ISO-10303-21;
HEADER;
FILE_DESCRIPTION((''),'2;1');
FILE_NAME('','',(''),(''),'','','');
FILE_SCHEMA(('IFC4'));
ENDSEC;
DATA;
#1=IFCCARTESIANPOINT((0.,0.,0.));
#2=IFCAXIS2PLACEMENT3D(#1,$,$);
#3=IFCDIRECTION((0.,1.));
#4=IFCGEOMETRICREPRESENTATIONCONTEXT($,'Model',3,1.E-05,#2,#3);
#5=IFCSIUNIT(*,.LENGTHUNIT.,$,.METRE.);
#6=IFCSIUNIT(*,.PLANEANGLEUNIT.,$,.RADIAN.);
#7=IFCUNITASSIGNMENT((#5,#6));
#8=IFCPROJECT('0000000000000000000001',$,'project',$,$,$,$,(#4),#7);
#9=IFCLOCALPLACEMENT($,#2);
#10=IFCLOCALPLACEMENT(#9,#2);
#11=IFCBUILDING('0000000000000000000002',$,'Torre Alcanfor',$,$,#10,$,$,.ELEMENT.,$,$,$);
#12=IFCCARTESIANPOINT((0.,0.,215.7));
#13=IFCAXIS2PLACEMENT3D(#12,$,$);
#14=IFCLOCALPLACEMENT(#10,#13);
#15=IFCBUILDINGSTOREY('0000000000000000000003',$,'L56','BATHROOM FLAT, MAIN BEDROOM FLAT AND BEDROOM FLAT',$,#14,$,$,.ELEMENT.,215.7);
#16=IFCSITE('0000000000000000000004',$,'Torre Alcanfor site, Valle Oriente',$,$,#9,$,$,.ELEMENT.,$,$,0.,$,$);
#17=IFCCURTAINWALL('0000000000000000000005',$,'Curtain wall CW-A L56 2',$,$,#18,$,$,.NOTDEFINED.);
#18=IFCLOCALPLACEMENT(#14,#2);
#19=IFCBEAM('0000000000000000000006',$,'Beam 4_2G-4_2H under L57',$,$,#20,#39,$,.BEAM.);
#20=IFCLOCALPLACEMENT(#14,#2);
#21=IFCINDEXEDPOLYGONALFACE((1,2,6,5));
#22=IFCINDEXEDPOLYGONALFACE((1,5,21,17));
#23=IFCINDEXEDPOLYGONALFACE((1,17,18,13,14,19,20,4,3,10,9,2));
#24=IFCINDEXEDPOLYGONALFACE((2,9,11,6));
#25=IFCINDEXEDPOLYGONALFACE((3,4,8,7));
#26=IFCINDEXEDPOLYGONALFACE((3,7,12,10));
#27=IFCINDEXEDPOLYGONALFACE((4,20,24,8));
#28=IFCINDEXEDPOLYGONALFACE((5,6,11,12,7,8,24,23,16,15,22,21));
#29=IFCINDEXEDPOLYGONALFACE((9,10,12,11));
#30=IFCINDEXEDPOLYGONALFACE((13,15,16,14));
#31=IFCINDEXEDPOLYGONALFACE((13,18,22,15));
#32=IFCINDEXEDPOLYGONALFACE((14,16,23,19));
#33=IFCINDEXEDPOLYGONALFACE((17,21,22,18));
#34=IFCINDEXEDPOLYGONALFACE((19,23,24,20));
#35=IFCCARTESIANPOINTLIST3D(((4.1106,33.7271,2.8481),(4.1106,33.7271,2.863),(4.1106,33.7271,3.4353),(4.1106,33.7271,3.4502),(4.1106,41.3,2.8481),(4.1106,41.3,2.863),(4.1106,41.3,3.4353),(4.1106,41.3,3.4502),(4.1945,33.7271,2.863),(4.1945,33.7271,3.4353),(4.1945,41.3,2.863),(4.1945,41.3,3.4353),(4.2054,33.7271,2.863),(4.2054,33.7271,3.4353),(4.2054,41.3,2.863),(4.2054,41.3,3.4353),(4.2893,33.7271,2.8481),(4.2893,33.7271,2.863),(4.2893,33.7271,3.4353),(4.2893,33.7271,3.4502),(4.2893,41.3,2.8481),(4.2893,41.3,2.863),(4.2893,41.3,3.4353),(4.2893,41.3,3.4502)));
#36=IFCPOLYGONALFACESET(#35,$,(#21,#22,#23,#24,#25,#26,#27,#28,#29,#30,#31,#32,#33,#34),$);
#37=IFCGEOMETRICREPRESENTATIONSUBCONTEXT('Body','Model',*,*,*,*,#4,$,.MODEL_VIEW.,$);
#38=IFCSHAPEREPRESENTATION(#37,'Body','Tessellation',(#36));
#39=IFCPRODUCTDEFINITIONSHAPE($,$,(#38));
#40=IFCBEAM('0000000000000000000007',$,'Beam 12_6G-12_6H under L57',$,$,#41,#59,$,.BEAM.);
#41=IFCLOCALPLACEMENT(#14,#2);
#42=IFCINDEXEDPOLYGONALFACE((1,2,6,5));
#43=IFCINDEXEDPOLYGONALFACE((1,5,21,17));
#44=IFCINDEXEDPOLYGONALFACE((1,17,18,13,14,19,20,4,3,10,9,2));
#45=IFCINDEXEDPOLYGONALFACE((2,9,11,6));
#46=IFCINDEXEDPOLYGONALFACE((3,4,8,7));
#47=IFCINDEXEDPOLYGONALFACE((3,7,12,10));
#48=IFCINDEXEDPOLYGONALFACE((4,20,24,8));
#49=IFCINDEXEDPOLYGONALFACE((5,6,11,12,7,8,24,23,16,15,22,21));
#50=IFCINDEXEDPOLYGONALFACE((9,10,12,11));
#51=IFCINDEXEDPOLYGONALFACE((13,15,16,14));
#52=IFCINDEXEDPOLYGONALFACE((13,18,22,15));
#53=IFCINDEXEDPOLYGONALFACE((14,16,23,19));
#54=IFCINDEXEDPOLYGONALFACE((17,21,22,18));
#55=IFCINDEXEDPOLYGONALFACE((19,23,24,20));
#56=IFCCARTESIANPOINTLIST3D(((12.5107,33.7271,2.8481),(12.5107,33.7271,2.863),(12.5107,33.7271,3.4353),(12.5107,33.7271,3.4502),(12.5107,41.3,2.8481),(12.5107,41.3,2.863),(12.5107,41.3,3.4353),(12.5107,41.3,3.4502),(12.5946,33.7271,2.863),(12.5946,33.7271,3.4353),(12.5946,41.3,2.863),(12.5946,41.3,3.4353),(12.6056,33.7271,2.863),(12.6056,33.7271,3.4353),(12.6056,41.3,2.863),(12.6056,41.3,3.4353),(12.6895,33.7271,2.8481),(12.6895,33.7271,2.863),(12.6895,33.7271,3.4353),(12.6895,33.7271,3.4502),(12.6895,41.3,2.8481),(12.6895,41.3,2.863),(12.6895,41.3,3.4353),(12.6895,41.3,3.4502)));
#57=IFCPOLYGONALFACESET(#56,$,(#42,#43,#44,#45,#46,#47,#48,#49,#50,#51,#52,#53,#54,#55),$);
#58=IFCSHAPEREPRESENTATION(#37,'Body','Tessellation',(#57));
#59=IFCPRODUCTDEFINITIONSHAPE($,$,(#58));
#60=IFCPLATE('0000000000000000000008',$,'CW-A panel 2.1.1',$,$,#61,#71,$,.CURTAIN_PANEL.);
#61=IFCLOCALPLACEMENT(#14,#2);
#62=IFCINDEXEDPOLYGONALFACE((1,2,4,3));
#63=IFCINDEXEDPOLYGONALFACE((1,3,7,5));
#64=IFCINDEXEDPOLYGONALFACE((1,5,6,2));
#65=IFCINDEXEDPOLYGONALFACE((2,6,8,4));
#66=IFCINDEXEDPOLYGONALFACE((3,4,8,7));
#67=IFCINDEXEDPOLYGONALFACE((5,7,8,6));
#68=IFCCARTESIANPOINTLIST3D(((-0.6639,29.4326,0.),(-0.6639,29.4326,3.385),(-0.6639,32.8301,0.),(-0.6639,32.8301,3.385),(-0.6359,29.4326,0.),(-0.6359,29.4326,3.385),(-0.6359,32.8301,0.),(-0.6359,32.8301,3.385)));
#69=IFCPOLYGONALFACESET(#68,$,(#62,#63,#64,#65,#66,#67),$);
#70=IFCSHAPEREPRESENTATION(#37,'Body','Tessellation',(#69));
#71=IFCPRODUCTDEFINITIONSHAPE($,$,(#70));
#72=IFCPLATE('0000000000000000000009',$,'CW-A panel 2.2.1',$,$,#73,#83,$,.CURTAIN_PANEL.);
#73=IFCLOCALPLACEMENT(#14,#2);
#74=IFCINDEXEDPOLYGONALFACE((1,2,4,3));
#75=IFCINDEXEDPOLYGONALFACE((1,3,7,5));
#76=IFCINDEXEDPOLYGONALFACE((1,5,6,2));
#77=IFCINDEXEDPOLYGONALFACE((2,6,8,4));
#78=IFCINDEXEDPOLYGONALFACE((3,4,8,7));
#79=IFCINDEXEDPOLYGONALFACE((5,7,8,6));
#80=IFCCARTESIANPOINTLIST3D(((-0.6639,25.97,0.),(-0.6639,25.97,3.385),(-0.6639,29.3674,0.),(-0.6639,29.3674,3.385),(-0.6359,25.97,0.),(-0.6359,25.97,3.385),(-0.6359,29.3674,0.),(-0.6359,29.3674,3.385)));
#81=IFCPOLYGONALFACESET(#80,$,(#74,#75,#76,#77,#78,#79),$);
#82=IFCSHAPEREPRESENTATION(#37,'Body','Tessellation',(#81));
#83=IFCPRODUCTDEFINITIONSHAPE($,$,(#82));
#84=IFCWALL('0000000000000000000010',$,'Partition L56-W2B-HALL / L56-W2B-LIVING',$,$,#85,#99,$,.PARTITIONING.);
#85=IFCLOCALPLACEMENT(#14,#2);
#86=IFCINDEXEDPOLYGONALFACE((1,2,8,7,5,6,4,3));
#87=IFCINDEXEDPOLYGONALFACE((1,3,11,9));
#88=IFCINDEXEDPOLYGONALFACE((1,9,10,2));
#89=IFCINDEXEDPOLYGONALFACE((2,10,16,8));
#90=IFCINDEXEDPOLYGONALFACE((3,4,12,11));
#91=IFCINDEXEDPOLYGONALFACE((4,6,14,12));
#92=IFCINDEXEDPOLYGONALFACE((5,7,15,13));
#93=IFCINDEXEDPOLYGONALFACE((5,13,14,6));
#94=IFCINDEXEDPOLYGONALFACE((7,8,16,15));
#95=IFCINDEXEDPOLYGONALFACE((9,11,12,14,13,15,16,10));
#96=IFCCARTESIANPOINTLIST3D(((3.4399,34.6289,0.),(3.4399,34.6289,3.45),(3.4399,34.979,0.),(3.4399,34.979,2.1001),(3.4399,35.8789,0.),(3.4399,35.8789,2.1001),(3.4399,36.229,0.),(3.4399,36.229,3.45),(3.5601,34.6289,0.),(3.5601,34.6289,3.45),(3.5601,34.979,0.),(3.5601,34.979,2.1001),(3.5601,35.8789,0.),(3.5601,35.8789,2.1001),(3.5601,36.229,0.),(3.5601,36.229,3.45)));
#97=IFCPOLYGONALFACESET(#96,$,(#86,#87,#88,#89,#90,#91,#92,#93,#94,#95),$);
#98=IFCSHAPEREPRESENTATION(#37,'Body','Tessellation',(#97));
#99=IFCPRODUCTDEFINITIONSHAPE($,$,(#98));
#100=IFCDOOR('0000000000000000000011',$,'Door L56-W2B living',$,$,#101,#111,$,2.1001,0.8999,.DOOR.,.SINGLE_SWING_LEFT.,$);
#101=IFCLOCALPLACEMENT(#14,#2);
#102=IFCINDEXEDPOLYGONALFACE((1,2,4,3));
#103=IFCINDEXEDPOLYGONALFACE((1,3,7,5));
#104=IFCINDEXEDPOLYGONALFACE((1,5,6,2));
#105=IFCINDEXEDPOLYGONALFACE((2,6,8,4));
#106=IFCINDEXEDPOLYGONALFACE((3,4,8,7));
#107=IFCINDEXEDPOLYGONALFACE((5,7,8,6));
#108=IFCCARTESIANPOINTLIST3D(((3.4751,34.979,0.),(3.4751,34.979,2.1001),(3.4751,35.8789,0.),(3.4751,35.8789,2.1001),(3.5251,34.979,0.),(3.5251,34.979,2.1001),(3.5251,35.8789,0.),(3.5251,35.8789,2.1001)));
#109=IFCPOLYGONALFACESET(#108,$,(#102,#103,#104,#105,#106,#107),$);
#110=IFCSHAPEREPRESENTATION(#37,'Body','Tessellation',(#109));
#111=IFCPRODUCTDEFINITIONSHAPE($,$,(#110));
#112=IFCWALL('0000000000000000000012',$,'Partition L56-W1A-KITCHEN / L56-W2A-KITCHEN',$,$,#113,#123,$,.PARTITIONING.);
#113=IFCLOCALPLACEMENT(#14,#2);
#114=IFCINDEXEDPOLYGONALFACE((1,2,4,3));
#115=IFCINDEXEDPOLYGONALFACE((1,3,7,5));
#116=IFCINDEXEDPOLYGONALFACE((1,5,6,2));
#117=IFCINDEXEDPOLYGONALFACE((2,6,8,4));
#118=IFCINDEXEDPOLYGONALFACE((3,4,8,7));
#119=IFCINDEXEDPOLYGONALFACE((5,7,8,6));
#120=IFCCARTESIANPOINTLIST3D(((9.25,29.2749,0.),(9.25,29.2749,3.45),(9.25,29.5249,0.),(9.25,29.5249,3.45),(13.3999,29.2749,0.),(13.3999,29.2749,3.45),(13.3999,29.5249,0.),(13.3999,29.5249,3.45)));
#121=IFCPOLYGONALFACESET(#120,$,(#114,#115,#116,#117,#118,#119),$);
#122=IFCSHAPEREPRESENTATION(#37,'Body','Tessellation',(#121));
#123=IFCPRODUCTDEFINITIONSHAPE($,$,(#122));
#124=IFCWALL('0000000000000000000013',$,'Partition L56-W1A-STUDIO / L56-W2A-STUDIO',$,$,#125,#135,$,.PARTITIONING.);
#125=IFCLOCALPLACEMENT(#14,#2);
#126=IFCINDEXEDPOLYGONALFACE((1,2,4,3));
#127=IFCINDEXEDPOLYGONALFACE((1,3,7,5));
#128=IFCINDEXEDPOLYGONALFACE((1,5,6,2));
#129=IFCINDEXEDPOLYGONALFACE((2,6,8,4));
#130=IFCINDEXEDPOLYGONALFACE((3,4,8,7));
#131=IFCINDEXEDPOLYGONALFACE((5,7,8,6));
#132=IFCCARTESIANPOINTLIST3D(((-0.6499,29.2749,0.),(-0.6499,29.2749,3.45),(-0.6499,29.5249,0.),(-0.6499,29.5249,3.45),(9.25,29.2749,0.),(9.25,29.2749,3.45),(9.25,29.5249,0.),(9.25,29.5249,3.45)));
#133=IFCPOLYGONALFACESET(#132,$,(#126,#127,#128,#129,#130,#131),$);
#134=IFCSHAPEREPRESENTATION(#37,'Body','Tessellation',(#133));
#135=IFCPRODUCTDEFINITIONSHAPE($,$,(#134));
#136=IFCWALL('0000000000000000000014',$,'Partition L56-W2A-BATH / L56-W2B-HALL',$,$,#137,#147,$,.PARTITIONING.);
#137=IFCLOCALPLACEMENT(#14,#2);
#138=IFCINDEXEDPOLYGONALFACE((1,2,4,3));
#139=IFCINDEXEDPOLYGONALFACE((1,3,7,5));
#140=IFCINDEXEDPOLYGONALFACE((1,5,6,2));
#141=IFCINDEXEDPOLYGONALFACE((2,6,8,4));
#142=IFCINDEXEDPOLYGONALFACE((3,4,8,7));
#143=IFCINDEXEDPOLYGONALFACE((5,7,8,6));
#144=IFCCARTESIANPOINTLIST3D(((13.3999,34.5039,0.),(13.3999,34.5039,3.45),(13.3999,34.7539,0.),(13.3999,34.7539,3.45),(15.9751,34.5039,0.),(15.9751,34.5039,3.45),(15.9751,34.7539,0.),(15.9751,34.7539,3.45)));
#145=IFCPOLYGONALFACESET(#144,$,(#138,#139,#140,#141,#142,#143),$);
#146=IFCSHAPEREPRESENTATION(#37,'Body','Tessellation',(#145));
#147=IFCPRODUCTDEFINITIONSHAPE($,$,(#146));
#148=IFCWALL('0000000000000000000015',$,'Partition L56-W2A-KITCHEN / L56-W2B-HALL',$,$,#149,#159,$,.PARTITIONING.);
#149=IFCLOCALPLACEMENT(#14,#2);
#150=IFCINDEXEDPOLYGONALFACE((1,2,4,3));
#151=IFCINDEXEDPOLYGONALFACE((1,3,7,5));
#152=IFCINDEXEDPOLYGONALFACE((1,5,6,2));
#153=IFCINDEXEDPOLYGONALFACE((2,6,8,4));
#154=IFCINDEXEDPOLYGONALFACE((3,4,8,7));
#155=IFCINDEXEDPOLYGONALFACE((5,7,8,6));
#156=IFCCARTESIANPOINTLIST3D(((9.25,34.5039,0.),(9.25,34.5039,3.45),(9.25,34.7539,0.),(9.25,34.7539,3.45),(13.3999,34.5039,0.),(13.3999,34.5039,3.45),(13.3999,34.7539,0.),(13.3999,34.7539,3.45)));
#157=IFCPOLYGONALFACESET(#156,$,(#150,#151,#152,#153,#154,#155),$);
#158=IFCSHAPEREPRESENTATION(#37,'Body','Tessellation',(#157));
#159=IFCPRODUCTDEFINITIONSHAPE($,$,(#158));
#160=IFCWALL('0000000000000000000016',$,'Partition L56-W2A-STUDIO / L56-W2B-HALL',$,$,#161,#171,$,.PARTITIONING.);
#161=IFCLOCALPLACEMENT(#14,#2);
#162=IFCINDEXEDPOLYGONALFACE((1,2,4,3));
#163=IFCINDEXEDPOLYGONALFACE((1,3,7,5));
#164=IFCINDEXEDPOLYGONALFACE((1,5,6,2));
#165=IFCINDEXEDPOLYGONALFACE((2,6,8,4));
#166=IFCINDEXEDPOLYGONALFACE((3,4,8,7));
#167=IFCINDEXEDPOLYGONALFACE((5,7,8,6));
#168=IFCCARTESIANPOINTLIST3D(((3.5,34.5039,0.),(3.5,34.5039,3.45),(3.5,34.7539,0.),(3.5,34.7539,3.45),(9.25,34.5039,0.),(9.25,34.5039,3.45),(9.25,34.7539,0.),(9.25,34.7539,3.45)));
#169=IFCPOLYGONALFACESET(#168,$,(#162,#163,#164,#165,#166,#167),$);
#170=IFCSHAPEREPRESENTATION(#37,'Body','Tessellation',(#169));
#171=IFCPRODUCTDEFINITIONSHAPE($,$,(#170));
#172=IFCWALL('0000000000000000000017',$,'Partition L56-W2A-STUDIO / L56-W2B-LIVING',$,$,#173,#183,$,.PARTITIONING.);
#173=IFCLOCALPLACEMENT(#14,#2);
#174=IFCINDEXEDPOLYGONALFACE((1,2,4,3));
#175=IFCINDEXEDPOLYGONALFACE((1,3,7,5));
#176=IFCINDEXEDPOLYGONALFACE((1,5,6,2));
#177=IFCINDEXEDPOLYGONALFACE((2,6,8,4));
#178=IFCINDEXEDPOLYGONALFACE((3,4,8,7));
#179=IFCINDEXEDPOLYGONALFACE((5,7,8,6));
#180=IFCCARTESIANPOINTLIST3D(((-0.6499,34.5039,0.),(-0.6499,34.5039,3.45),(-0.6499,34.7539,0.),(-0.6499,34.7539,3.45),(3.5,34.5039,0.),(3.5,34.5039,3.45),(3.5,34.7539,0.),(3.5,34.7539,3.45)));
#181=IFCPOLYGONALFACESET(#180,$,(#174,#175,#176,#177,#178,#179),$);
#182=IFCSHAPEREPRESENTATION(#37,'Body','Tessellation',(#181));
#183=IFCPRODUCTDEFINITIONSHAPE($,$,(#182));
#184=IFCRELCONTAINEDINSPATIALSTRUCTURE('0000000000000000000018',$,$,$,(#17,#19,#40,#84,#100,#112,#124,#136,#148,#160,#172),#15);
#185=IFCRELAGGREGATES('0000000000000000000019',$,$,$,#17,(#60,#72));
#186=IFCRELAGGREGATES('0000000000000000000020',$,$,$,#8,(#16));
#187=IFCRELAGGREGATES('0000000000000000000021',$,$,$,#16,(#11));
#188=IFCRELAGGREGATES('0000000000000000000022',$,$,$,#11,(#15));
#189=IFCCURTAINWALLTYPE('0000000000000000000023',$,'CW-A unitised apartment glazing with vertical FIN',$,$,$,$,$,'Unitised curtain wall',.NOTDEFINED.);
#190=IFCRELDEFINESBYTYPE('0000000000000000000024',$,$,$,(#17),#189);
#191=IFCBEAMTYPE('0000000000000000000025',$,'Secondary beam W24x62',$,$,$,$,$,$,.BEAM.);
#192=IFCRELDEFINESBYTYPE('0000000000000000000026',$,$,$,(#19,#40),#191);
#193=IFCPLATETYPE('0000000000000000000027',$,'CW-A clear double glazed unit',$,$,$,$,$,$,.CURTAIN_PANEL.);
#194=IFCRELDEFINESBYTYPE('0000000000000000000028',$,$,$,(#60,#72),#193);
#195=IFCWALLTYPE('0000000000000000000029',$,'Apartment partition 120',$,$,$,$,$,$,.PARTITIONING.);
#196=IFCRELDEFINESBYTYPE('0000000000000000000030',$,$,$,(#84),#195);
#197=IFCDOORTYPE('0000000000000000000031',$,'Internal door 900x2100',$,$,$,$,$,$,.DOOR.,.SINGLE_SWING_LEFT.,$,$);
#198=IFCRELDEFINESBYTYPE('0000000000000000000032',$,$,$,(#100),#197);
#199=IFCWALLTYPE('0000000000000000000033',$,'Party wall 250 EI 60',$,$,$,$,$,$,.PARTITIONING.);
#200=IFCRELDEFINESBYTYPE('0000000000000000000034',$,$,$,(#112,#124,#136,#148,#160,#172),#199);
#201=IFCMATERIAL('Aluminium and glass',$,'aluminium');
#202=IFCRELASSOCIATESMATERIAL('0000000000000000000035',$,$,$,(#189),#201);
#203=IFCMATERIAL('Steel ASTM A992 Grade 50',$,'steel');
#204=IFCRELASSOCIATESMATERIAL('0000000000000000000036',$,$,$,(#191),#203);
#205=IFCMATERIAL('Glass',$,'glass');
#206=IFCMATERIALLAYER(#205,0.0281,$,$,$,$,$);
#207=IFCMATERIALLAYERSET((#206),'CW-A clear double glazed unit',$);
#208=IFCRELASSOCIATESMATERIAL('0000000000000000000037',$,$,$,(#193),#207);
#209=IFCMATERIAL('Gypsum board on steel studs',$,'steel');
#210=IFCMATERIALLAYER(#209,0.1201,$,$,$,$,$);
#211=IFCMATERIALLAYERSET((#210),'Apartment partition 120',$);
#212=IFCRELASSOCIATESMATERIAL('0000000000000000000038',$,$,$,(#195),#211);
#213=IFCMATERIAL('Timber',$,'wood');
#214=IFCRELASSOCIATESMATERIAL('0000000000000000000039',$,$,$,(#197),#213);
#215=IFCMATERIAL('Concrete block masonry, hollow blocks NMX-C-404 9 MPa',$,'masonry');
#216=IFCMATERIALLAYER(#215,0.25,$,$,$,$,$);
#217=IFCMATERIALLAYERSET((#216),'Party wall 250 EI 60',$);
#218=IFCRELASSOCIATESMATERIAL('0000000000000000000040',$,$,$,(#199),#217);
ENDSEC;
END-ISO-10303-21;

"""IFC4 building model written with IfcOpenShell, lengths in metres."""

from ifc_helpers import new_model, si_unit, direction, frame, frame_2d, origin, origin_2d, place, context, subcontext, project, spatial, rectangle, i_section, extrude, material, layer, layer_set, material_profile, profile_set, type_object, element, fill, aggregate, save


model = new_model("IFC4")

# Units and contexts
model_context = context("Model", 3, precision=1e-05, world=origin(), true_north=direction((0.0, 1.0)))
body_context = subcontext(model_context, "Body", "Model", "MODEL_VIEW")
ifc_project = project(units=[si_unit("LENGTHUNIT", "METRE"), si_unit("PLANEANGLEUNIT", "RADIAN")], contexts=[model_context])

# Site, building, storey
site_placement = place(None, origin())
site = spatial("IfcSite", under=ifc_project, at=site_placement, Name="Torre Alcanfor site, Valle Oriente", CompositionType="ELEMENT", RefElevation=0.0)
building_placement = place(site_placement, origin())
building = spatial("IfcBuilding", under=site, at=building_placement, Name="Torre Alcanfor", CompositionType="ELEMENT")
storey_placement = place(building_placement, frame((0.0, 0.0, 215.7)))
storey = spatial("IfcBuildingStorey", under=building, at=storey_placement, Name="L56", Description="BATHROOM FLAT, MAIN BEDROOM FLAT AND BEDROOM FLAT", CompositionType="ELEMENT", Elevation=215.7)

# Curtain wall
ifc_material_1 = material(Name="Aluminium and glass", Category="aluminium")
curtain_wall_type = type_object("IfcCurtainWallType", Name="CW-A unitised apartment glazing with vertical FIN", ElementType="Unitised curtain wall", PredefinedType="NOTDEFINED", material=ifc_material_1)
curtain_wall_placement = place(storey_placement, origin())
curtain_wall = element("IfcCurtainWall", 1, at=curtain_wall_placement, inside=storey, type_object=curtain_wall_type, Name="Curtain wall CW-A L56 2", PredefinedType="NOTDEFINED")

# Beams
ifc_material_2 = material(Name="Steel ASTM A992 Grade 50", Category="steel")
ifc_material_profile_1 = material_profile(ifc_material_2, i_section(OverallWidth=0.1787, OverallDepth=0.6021, WebThickness=0.011, FlangeThickness=0.0149, at=origin_2d()), Name="W24x62")
ifc_profile_set_1 = profile_set([ifc_material_profile_1], Name="Steel ASTM A992 Grade 50")
beam_type_1 = type_object("IfcBeamType", Name="Secondary beam W24x62", PredefinedType="BEAM", material=ifc_profile_set_1)
for number, where, z_axis, x_axis, name in (
    (2, (4.2, 33.7271, 3.1492), (0.0, 1.0, 0.0), (-1.0, 0.0, 0.0), "Beam 4_2G-4_2H under L57"),
    (3, (12.6001, 33.7271, 3.1492), (0.0, 1.0, 0.0), (-1.0, 0.0, 0.0), "Beam 12_6G-12_6H under L57"),
):
    element("IfcBeam", number, at=place(storey_placement, frame(where, z_axis=z_axis, x_axis=x_axis)), inside=storey, type_object=beam_type_1, Name=name, PredefinedType="BEAM", context=body_context, shape_type="SweptSolid", body=[
        extrude(i_section(OverallWidth=0.1787, OverallDepth=0.6021, WebThickness=0.011, FlangeThickness=0.0149, at=origin_2d()), origin(), (0.0, 0.0, 1.0), 7.573),
    ])

# Plates
ifc_material_3 = material(Name="Glass", Category="glass")
ifc_layer_1 = layer(ifc_material_3, 0.0281)
ifc_layer_set_1 = layer_set([ifc_layer_1], Name="CW-A clear double glazed unit")
plate_type = type_object("IfcPlateType", Name="CW-A clear double glazed unit", PredefinedType="CURTAIN_PANEL", material=ifc_layer_set_1)
plate_1_placement = place(storey_placement, frame((-0.6499, 31.1313, 0.0), z_axis=(0.0, 0.0, 1.0), x_axis=(0.0, -1.0, 0.0)))
plate_1 = element("IfcPlate", 4, at=plate_1_placement, type_object=plate_type, Name="CW-A panel 2.1.1", PredefinedType="CURTAIN_PANEL", context=body_context, shape_type="SweptSolid", body=[
    extrude(rectangle(XDim=3.3975, YDim=0.0281, at=origin_2d()), origin(), (0.0, 0.0, 1.0), 3.385),
])
plate_2_placement = place(storey_placement, frame((-0.6499, 27.6687, 0.0), z_axis=(0.0, 0.0, 1.0), x_axis=(0.0, -1.0, 0.0)))
plate_2 = element("IfcPlate", 5, at=plate_2_placement, type_object=plate_type, Name="CW-A panel 2.2.1", PredefinedType="CURTAIN_PANEL", context=body_context, shape_type="SweptSolid", body=[
    extrude(rectangle(XDim=3.3975, YDim=0.0281, at=origin_2d()), origin(), (0.0, 0.0, 1.0), 3.385),
])
aggregate(curtain_wall, [plate_1, plate_2])

# Wall, opening, door
ifc_material_4 = material(Name="Gypsum board on steel studs", Category="steel")
ifc_layer_2 = layer(ifc_material_4, 0.1201)
ifc_layer_set_2 = layer_set([ifc_layer_2], Name="Apartment partition 120")
wall_type_1 = type_object("IfcWallType", Name="Apartment partition 120", PredefinedType="PARTITIONING", material=ifc_layer_set_2)
wall_1_placement = place(storey_placement, frame((3.5, 34.6289, 0.0), z_axis=(0.0, 0.0, 1.0), x_axis=(0.0, 1.0, 0.0)))
wall_1 = element("IfcWall", 6, at=wall_1_placement, inside=storey, type_object=wall_type_1, Name="Partition L56-W2B-HALL / L56-W2B-LIVING", PredefinedType="PARTITIONING", context=body_context, shape_type="SweptSolid", body=[
    extrude(rectangle(XDim=1.6001, YDim=0.1201, at=frame_2d((0.8, 0.0))), origin(), (0.0, 0.0, 1.0), 3.45),
])
opening_1_placement = place(wall_1_placement, frame((0.3501, 0.0, 0.0)))
opening_1 = element("IfcOpeningElement", 7, at=opening_1_placement, cuts=wall_1, PredefinedType="OPENING", context=body_context, shape_type="SweptSolid", body=[
    extrude(rectangle(XDim=0.8999, YDim=2.1001, at=frame_2d((0.45, 1.05))), frame((0.0, 0.0701, 0.0), z_axis=(0.0, -1.0, 0.0), x_axis=(1.0, 0.0, 0.0)), (0.0, 0.0, 1.0), 0.1401),
])
ifc_material_5 = material(Name="Timber", Category="wood")
door_type_1 = type_object("IfcDoorType", Name="Internal door 900x2100", OperationType="SINGLE_SWING_LEFT", PredefinedType="DOOR", material=ifc_material_5)
door_1_placement = place(opening_1_placement, origin())
door_1 = element("IfcDoor", 8, at=door_1_placement, inside=storey, type_object=door_type_1, Name="Door L56-W2B living", OperationType="SINGLE_SWING_LEFT", OverallHeight=2.1001, OverallWidth=0.8999, PredefinedType="DOOR", context=body_context, shape_type="SweptSolid", body=[
    extrude(rectangle(XDim=0.8999, YDim=2.1001, at=frame_2d((0.45, 1.05))), frame((0.0, 0.0249, 0.0), z_axis=(0.0, -1.0, 0.0), x_axis=(1.0, 0.0, 0.0)), (0.0, 0.0, 1.0), 0.05),
])
fill(opening_1, door_1)

# Walls
ifc_material_6 = material(Name="Concrete block masonry, hollow blocks NMX-C-404 9 MPa", Category="masonry")
ifc_layer_3 = layer(ifc_material_6, 0.25)
ifc_layer_set_3 = layer_set([ifc_layer_3], Name="Party wall 250 EI 60")
wall_type_2 = type_object("IfcWallType", Name="Party wall 250 EI 60", PredefinedType="PARTITIONING", material=ifc_layer_set_3)
wall_2_placement = place(storey_placement, frame((13.3999, 29.3999, 0.0), z_axis=(0.0, 0.0, 1.0), x_axis=(-1.0, 0.0, 0.0)))
element("IfcWall", 9, at=wall_2_placement, inside=storey, type_object=wall_type_2, Name="Partition L56-W1A-KITCHEN / L56-W2A-KITCHEN", PredefinedType="PARTITIONING", context=body_context, shape_type="SweptSolid", body=[
    extrude(rectangle(XDim=4.1499, YDim=0.25, at=frame_2d((2.075, 0.0))), origin(), (0.0, 0.0, 1.0), 3.45),
])
wall_3_placement = place(storey_placement, frame((9.25, 29.3999, 0.0), z_axis=(0.0, 0.0, 1.0), x_axis=(-1.0, 0.0, 0.0)))
element("IfcWall", 10, at=wall_3_placement, inside=storey, type_object=wall_type_2, Name="Partition L56-W1A-STUDIO / L56-W2A-STUDIO", PredefinedType="PARTITIONING", context=body_context, shape_type="SweptSolid", body=[
    extrude(rectangle(XDim=9.8999, YDim=0.25, at=frame_2d((4.95, 0.0))), origin(), (0.0, 0.0, 1.0), 3.45),
])
wall_4_placement = place(storey_placement, frame((13.3999, 34.6289, 0.0), z_axis=(0.0, 0.0, 1.0), x_axis=(1.0, 0.0, 0.0)))
element("IfcWall", 11, at=wall_4_placement, inside=storey, type_object=wall_type_2, Name="Partition L56-W2A-BATH / L56-W2B-HALL", PredefinedType="PARTITIONING", context=body_context, shape_type="SweptSolid", body=[
    extrude(rectangle(XDim=2.5752, YDim=0.25, at=frame_2d((1.2876, 0.0))), origin(), (0.0, 0.0, 1.0), 3.45),
])
wall_5_placement = place(storey_placement, frame((9.25, 34.6289, 0.0), z_axis=(0.0, 0.0, 1.0), x_axis=(1.0, 0.0, 0.0)))
element("IfcWall", 12, at=wall_5_placement, inside=storey, type_object=wall_type_2, Name="Partition L56-W2A-KITCHEN / L56-W2B-HALL", PredefinedType="PARTITIONING", context=body_context, shape_type="SweptSolid", body=[
    extrude(rectangle(XDim=4.1499, YDim=0.25, at=frame_2d((2.075, 0.0))), origin(), (0.0, 0.0, 1.0), 3.45),
])
wall_6_placement = place(storey_placement, frame((3.5, 34.6289, 0.0), z_axis=(0.0, 0.0, 1.0), x_axis=(1.0, 0.0, 0.0)))
element("IfcWall", 13, at=wall_6_placement, inside=storey, type_object=wall_type_2, Name="Partition L56-W2A-STUDIO / L56-W2B-HALL", PredefinedType="PARTITIONING", context=body_context, shape_type="SweptSolid", body=[
    extrude(rectangle(XDim=5.75, YDim=0.25, at=frame_2d((2.875, 0.0))), origin(), (0.0, 0.0, 1.0), 3.45),
])
wall_7_placement = place(storey_placement, frame((-0.6499, 34.6289, 0.0), z_axis=(0.0, 0.0, 1.0), x_axis=(1.0, 0.0, 0.0)))
element("IfcWall", 14, at=wall_7_placement, inside=storey, type_object=wall_type_2, Name="Partition L56-W2A-STUDIO / L56-W2B-LIVING", PredefinedType="PARTITIONING", context=body_context, shape_type="SweptSolid", body=[
    extrude(rectangle(XDim=4.1499, YDim=0.25, at=frame_2d((2.075, 0.0))), origin(), (0.0, 0.0, 1.0), 3.45),
])

save(model, "model.ifc")
